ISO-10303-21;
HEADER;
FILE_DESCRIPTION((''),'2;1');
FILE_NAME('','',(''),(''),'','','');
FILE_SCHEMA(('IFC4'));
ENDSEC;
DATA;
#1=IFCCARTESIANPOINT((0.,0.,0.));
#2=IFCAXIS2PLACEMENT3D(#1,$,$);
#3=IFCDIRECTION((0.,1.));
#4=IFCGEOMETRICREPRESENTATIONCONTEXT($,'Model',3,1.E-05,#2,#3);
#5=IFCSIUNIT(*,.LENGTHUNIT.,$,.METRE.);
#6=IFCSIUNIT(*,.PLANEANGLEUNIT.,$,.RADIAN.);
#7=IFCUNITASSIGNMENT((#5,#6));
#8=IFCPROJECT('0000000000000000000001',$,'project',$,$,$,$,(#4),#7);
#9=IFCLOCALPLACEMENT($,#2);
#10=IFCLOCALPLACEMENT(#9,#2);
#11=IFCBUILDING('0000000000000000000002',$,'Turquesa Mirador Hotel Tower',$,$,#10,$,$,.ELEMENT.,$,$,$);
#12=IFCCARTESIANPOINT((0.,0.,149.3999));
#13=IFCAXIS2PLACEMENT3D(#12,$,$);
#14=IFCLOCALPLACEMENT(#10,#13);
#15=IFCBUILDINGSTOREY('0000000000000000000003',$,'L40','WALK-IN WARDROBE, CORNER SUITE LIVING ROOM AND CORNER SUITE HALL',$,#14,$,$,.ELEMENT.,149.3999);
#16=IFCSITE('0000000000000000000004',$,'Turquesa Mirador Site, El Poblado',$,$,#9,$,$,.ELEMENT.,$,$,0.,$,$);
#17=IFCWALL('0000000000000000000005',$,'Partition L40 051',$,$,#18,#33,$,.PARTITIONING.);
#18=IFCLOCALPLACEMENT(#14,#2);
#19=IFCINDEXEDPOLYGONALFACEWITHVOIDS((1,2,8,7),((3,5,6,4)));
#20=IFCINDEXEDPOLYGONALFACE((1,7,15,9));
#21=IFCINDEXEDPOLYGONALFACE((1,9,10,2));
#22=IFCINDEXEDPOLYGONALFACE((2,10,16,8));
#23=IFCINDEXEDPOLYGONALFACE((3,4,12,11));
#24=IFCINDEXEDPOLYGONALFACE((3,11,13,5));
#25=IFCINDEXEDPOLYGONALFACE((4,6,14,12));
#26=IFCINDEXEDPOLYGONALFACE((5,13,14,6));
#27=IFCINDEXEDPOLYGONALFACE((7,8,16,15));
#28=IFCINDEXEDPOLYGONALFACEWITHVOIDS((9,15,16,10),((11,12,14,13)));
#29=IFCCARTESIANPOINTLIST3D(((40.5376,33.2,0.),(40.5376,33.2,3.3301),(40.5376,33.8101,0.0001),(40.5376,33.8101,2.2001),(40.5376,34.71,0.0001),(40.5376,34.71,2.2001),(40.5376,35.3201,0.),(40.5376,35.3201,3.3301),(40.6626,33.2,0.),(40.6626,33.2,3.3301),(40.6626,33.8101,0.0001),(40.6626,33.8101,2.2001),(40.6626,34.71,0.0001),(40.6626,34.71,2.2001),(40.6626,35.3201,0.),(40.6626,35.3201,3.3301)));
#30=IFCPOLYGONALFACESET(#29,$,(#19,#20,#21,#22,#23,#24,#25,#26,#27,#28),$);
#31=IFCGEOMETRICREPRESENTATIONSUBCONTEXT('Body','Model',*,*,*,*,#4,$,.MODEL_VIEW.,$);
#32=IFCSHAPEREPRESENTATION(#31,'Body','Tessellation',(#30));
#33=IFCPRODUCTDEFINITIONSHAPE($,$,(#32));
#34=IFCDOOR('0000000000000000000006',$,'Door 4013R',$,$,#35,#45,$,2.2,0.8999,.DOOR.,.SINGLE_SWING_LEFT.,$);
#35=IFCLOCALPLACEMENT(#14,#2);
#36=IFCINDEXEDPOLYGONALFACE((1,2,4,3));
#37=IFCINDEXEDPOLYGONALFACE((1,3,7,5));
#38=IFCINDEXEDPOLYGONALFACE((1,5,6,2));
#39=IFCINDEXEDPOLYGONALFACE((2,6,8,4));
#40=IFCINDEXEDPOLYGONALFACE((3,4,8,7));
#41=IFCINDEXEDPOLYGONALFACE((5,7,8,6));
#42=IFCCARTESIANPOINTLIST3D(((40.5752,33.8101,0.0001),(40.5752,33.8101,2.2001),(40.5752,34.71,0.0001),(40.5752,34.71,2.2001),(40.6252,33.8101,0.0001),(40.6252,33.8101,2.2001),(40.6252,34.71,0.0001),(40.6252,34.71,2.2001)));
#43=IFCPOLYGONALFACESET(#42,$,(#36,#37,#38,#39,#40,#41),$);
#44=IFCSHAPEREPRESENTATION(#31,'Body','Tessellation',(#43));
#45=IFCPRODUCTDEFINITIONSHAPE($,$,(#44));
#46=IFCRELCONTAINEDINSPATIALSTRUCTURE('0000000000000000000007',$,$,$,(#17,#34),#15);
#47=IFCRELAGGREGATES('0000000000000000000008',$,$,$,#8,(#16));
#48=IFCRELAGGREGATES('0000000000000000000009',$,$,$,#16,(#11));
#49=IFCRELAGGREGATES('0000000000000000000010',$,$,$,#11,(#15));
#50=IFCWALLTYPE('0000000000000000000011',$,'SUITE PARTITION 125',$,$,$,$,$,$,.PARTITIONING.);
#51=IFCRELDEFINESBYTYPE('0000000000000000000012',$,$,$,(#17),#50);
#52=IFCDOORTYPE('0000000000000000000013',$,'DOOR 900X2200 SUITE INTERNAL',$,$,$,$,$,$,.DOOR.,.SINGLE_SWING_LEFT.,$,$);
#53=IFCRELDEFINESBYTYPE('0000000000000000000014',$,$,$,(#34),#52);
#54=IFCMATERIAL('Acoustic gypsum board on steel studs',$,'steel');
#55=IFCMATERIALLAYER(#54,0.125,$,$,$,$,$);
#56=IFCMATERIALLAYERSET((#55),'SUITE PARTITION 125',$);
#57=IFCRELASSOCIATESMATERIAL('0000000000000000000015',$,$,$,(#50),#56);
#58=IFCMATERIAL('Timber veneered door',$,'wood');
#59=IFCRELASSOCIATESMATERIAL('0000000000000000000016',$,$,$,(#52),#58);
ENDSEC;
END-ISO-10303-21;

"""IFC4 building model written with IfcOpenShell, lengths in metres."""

from ifc_helpers import new_model, si_unit, direction, frame, frame_2d, origin, place, context, subcontext, project, spatial, rectangle, extrude, material, layer, layer_set, type_object, element, fill, save


model = new_model("IFC4")

# Units and contexts
model_context = context("Model", 3, precision=1e-05, world=origin(), true_north=direction((0.0, 1.0)))
body_context = subcontext(model_context, "Body", "Model", "MODEL_VIEW")
ifc_project = project(units=[si_unit("LENGTHUNIT", "METRE"), si_unit("PLANEANGLEUNIT", "RADIAN")], contexts=[model_context])

# Site, building, storey
site_placement = place(None, origin())
site = spatial("IfcSite", under=ifc_project, at=site_placement, Name="Turquesa Mirador Site, El Poblado", CompositionType="ELEMENT", RefElevation=0.0)
building_placement = place(site_placement, origin())
building = spatial("IfcBuilding", under=site, at=building_placement, Name="Turquesa Mirador Hotel Tower", CompositionType="ELEMENT")
storey_placement = place(building_placement, frame((0.0, 0.0, 149.3999)))
storey = spatial("IfcBuildingStorey", under=building, at=storey_placement, Name="L40", Description="WALK-IN WARDROBE, CORNER SUITE LIVING ROOM AND CORNER SUITE HALL", CompositionType="ELEMENT", Elevation=149.3999)

# Wall, opening, door
ifc_material_1 = material(Name="Acoustic gypsum board on steel studs", Category="steel")
ifc_layer_1 = layer(ifc_material_1, 0.125)
ifc_layer_set_1 = layer_set([ifc_layer_1], Name="SUITE PARTITION 125")
wall_type_1 = type_object("IfcWallType", Name="SUITE PARTITION 125", PredefinedType="PARTITIONING", material=ifc_layer_set_1)
ifc_material_2 = material(Name="Timber veneered door", Category="wood")
door_type_1 = type_object("IfcDoorType", Name="DOOR 900X2200 SUITE INTERNAL", OperationType="SINGLE_SWING_LEFT", PredefinedType="DOOR", material=ifc_material_2)
wall_1_placement = place(storey_placement, frame((40.6001, 33.2, 0.0), z_axis=(0.0, 0.0, 1.0), x_axis=(0.0, 1.0, 0.0)))
wall_1 = element("IfcWall", 1, at=wall_1_placement, inside=storey, type_object=wall_type_1, Name="Partition L40 051", PredefinedType="PARTITIONING", context=body_context, shape_type="SweptSolid", body=[
    extrude(rectangle(XDim=2.1201, YDim=0.125, at=frame_2d((1.0601, 0.0))), origin(), (0.0, 0.0, 1.0), 3.3301),
])
opening_1_placement = place(wall_1_placement, frame((0.6101, 0.0, 0.0)))
opening_1 = element("IfcOpeningElement", 2, at=opening_1_placement, cuts=wall_1, PredefinedType="OPENING", context=body_context, shape_type="SweptSolid", body=[
    extrude(rectangle(XDim=0.8999, YDim=2.2, at=frame_2d((0.45, 1.1001))), frame((0.0, 0.0725, 0.0), z_axis=(0.0, -1.0, 0.0), x_axis=(1.0, 0.0, 0.0)), (0.0, 0.0, 1.0), 0.145),
])
door_1_placement = place(opening_1_placement, origin())
door_1 = element("IfcDoor", 3, at=door_1_placement, inside=storey, type_object=door_type_1, Name="Door 4013R", OperationType="SINGLE_SWING_LEFT", OverallHeight=2.2, OverallWidth=0.8999, PredefinedType="DOOR", context=body_context, shape_type="SweptSolid", body=[
    extrude(rectangle(XDim=0.8999, YDim=2.2, at=frame_2d((0.45, 1.1001))), frame((0.0, 0.0249, 0.0), z_axis=(0.0, -1.0, 0.0), x_axis=(1.0, 0.0, 0.0)), (0.0, 0.0, 1.0), 0.05),
])
fill(opening_1, door_1)

save(model, "model.ifc")
